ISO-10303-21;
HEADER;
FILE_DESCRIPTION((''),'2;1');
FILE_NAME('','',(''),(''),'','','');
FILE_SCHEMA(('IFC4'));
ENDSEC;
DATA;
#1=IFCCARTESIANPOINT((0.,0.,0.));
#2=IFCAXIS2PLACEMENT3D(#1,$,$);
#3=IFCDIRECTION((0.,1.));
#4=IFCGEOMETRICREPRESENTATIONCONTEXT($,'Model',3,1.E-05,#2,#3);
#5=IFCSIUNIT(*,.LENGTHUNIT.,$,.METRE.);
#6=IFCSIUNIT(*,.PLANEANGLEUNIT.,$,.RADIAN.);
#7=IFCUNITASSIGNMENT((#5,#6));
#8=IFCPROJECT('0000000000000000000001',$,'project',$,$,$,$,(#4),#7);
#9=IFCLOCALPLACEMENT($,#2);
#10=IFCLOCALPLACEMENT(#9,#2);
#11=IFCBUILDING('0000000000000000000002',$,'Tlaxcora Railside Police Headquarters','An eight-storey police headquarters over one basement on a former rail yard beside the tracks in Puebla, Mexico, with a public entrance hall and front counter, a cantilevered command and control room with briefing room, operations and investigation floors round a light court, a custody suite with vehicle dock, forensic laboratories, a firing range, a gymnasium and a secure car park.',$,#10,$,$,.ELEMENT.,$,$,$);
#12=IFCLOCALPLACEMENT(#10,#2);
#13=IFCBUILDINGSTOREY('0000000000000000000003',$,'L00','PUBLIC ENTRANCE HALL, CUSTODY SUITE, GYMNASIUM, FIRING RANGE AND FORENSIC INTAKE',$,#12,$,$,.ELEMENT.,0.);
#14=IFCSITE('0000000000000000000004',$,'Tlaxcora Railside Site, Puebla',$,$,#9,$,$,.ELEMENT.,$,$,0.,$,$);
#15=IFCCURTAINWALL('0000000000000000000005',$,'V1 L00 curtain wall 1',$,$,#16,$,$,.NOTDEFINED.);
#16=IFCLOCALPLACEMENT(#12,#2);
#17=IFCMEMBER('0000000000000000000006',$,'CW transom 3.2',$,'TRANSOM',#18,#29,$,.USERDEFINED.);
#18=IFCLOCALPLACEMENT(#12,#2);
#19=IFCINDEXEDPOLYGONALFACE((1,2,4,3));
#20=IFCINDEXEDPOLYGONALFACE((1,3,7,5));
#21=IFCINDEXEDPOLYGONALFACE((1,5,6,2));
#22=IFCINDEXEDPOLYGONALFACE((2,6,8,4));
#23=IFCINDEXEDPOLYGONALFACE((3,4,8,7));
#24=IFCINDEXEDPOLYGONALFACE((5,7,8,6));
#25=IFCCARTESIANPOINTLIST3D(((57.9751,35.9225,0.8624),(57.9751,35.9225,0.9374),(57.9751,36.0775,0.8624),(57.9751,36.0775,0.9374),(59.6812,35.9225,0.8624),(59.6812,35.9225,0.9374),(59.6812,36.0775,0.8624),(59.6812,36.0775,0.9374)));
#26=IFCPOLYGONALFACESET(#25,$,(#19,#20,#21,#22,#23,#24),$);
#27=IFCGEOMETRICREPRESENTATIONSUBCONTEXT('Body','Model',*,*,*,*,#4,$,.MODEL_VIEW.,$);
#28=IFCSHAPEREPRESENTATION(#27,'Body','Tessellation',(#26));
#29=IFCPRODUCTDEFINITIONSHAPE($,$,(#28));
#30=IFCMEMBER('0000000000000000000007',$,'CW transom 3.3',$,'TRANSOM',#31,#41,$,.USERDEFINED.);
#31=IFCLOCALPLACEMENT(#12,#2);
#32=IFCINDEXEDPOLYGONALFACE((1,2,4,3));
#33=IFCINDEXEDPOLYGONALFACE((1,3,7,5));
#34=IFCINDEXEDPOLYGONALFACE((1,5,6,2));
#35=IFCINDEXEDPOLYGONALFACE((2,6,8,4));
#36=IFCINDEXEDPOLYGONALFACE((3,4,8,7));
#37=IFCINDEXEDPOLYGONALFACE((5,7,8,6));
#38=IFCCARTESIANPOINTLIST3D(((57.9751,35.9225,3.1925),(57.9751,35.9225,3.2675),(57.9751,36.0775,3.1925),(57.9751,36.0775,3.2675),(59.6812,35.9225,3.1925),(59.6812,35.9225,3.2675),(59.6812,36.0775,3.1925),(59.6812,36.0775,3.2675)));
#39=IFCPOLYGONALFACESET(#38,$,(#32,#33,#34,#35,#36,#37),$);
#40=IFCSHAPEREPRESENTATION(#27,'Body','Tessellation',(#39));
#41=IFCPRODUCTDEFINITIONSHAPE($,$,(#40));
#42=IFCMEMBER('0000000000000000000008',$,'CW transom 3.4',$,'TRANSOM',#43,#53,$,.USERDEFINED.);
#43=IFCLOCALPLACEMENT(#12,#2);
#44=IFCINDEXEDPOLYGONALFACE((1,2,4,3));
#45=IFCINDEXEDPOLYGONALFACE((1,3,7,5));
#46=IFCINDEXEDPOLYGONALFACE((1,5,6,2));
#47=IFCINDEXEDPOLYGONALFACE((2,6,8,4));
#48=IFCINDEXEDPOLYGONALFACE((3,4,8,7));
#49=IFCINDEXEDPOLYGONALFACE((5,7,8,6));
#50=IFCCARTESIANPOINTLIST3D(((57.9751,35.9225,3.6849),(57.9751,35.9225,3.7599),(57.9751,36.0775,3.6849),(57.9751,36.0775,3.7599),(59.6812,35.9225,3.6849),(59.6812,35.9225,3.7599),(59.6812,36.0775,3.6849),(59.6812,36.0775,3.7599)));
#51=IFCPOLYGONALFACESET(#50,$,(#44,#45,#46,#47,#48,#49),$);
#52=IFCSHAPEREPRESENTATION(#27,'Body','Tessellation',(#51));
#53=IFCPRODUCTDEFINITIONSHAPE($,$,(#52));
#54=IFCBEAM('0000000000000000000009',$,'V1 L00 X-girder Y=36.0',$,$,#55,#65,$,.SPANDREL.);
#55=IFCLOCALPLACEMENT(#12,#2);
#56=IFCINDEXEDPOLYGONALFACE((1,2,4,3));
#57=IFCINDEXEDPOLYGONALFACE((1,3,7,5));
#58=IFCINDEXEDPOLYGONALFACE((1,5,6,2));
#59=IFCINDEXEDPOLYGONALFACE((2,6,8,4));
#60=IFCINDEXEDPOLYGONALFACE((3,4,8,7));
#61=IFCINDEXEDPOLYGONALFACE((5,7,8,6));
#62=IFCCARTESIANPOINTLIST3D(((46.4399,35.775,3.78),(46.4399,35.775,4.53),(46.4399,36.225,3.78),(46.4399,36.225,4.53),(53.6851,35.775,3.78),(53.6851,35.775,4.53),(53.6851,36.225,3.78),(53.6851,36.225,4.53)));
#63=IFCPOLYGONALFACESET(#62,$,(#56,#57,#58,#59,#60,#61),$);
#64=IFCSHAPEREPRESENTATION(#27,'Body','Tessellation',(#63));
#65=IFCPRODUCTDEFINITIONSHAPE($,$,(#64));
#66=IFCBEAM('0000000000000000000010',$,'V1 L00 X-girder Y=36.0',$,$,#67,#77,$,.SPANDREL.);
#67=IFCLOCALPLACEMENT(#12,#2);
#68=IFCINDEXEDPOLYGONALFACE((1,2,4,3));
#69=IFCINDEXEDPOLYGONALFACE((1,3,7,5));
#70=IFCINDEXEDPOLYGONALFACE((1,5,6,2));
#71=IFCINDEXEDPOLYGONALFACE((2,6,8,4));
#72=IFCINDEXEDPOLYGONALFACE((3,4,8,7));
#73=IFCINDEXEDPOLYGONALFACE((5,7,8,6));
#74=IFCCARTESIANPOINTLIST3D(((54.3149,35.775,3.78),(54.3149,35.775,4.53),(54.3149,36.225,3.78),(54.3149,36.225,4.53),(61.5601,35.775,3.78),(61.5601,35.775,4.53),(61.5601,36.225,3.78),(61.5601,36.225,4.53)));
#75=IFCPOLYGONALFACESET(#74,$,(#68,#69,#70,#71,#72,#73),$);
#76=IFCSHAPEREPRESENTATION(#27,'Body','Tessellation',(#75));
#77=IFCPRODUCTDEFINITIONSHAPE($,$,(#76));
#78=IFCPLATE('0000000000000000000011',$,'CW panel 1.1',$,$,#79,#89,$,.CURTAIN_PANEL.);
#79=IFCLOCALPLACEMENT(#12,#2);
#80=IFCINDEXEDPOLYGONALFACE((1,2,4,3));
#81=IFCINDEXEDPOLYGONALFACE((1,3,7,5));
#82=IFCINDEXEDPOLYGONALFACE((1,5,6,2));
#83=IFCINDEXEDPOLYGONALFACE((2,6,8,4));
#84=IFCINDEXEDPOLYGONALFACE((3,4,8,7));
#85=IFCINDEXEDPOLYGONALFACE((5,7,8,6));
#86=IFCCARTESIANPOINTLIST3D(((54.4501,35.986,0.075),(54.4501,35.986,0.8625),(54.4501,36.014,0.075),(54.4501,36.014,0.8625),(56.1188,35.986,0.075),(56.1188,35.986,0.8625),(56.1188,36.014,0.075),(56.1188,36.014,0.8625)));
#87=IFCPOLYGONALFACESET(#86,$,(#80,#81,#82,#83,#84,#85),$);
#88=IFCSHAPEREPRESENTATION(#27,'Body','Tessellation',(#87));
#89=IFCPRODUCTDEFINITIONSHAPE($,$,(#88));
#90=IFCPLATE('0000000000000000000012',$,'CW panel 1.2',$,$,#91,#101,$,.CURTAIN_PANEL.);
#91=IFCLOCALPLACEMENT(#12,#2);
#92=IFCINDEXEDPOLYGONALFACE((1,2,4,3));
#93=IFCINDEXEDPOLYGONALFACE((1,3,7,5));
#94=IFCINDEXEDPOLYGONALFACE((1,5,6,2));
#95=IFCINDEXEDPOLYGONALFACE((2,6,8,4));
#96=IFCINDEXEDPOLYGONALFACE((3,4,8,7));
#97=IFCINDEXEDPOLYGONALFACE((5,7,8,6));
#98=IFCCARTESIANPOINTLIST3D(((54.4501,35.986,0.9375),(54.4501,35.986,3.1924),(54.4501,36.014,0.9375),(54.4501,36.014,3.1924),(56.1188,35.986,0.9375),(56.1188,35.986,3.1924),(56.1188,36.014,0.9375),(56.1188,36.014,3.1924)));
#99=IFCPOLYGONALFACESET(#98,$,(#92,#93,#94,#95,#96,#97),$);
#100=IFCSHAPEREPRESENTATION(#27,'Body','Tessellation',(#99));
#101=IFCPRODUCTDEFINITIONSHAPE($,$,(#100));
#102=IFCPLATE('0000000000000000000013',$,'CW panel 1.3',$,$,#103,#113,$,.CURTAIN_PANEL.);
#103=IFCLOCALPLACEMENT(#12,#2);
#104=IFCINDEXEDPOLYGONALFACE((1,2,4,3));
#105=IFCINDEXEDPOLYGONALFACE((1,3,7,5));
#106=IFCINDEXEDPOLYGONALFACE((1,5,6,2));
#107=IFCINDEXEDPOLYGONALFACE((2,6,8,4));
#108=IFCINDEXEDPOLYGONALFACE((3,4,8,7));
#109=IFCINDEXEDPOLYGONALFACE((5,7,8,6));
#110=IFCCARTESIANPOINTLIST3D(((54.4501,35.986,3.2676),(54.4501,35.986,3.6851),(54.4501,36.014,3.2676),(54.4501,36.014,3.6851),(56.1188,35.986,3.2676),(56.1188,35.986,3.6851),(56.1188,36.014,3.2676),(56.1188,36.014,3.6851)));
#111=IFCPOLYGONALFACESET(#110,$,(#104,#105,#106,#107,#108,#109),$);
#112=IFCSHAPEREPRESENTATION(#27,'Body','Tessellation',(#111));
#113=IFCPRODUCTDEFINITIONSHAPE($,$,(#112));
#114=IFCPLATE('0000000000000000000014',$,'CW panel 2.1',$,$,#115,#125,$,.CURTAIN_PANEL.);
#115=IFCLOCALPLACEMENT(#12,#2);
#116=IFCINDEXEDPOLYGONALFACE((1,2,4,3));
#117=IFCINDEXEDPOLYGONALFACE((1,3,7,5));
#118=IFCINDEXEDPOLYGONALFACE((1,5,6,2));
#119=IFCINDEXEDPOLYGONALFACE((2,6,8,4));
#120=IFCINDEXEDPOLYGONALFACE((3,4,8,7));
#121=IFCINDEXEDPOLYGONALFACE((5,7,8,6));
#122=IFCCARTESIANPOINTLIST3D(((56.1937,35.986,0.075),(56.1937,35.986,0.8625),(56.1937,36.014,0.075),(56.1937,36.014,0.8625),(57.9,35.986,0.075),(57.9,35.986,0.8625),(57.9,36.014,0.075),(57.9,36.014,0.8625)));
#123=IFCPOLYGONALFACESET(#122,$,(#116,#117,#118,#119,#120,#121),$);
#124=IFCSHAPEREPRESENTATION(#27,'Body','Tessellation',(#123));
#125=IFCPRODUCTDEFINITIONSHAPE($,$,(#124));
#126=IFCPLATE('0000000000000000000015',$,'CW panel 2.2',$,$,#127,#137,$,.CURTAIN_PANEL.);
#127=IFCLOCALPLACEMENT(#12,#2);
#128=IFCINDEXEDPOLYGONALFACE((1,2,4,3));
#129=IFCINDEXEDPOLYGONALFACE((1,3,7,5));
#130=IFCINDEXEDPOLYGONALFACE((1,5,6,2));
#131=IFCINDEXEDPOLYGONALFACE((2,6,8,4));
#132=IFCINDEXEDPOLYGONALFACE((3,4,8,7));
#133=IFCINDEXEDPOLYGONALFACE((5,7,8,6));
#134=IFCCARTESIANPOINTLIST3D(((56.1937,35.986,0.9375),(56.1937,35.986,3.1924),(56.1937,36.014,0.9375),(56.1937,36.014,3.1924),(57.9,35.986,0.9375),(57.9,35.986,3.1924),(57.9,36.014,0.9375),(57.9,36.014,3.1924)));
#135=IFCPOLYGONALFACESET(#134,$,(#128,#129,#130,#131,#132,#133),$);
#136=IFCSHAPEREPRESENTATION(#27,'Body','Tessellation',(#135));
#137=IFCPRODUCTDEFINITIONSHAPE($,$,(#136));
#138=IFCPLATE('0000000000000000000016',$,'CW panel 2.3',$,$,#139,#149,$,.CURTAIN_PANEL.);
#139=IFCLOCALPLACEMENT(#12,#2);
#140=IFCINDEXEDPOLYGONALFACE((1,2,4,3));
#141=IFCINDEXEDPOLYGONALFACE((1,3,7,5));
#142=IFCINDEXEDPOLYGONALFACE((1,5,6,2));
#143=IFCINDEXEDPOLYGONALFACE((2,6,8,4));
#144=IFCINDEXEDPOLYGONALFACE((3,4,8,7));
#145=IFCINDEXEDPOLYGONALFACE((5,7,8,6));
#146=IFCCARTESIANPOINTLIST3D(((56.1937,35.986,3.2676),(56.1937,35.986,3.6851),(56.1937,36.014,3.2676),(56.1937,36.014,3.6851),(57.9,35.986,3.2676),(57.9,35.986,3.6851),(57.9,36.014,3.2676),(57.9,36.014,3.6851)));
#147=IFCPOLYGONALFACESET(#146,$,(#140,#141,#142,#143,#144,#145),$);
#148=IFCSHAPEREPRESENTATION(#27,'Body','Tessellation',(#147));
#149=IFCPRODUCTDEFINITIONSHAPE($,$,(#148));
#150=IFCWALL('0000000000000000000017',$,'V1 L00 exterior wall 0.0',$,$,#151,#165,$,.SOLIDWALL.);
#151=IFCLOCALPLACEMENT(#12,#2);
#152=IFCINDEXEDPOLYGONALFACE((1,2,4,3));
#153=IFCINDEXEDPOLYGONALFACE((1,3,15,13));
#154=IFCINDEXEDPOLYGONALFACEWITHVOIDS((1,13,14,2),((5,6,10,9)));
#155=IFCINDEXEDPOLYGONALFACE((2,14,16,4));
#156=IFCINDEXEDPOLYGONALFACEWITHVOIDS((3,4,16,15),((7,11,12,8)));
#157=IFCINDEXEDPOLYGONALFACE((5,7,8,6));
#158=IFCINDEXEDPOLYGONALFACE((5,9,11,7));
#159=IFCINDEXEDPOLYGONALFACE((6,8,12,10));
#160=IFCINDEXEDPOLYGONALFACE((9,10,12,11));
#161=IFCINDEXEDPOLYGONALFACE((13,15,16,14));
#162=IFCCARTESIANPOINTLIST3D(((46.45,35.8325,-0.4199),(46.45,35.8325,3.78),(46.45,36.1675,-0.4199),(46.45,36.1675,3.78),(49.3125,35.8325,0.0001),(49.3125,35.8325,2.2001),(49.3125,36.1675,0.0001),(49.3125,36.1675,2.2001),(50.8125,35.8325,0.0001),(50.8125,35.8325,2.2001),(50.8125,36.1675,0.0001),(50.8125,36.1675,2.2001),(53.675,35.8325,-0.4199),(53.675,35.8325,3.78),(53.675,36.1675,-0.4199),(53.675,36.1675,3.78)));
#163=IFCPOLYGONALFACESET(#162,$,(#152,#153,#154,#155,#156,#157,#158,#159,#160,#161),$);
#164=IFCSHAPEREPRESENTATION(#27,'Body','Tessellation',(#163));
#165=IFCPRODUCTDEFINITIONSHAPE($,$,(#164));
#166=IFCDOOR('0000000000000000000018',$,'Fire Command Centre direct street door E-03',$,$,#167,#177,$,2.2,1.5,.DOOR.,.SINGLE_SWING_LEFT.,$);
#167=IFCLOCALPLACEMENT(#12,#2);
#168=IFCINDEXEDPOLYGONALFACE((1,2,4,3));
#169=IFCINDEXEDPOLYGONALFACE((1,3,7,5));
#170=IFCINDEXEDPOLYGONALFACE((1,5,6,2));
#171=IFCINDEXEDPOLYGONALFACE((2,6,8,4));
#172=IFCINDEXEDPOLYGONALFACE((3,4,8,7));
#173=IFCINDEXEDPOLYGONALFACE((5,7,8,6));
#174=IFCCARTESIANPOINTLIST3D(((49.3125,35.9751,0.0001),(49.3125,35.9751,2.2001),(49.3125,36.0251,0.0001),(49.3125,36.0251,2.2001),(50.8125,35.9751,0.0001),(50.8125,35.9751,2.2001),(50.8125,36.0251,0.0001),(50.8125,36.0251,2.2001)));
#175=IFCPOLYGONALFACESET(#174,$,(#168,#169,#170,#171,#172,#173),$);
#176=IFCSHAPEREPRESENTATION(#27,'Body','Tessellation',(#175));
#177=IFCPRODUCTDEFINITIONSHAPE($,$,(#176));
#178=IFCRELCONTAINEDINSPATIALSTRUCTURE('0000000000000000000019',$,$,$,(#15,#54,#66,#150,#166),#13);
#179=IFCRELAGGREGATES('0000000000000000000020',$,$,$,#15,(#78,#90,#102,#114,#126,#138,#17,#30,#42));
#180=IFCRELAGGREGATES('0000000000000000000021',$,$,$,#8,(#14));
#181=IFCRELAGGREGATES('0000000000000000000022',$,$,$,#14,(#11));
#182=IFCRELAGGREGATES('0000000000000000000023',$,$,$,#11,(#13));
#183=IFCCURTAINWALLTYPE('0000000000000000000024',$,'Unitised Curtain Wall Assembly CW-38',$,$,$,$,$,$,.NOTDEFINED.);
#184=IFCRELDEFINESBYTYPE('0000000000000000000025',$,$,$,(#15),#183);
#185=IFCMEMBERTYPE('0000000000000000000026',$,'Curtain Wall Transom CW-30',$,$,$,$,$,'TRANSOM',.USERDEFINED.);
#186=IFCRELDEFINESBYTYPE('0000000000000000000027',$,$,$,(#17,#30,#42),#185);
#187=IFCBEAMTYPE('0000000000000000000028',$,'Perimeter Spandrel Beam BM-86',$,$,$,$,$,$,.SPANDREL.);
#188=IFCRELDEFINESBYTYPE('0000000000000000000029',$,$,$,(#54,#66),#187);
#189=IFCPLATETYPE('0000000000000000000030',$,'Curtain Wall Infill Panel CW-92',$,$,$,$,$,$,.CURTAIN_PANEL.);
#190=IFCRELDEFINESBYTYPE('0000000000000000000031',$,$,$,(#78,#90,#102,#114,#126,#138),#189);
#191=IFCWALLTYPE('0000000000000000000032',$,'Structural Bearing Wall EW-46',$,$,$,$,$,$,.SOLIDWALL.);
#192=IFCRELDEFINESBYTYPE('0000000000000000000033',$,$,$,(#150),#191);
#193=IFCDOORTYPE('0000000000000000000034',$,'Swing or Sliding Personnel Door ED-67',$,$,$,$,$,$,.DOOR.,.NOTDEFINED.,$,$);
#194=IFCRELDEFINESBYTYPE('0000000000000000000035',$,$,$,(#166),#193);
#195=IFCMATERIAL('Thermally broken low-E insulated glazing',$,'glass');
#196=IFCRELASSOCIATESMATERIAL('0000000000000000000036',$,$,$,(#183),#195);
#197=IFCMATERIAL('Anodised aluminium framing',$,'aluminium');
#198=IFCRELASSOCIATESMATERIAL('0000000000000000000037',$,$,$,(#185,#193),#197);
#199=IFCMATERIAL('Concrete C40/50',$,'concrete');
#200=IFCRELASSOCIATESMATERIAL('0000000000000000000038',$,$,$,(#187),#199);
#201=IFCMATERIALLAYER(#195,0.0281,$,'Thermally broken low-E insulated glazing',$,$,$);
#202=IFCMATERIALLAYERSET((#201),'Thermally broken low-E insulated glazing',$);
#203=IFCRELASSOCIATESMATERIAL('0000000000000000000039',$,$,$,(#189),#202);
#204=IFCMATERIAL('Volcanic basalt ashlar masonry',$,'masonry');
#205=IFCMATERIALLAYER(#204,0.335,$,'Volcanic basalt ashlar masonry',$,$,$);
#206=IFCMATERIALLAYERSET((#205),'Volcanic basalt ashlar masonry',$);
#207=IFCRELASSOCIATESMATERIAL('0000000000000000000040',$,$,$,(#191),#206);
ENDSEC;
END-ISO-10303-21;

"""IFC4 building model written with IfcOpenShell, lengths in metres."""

from ifc_helpers import new_model, si_unit, direction, frame, frame_2d, origin, origin_2d, place, context, subcontext, project, spatial, rectangle, extrude, material, layer, layer_set, material_profile, profile_set, type_object, element, fill, aggregate, save


model = new_model("IFC4")

# Units and contexts
model_context = context("Model", 3, precision=1e-05, world=origin(), true_north=direction((0.0, 1.0)))
body_context = subcontext(model_context, "Body", "Model", "MODEL_VIEW")
ifc_project = project(units=[si_unit("LENGTHUNIT", "METRE"), si_unit("PLANEANGLEUNIT", "RADIAN")], contexts=[model_context])

# Site, building, storey
site_placement = place(None, origin())
site = spatial("IfcSite", under=ifc_project, at=site_placement, Name="Tlaxcora Railside Site, Puebla", CompositionType="ELEMENT", RefElevation=0.0)
building_placement = place(site_placement, origin())
building = spatial("IfcBuilding", under=site, at=building_placement, Name="Tlaxcora Railside Police Headquarters", Description="An eight-storey police headquarters over one basement on a former rail yard beside the tracks in Puebla, Mexico, with a public entrance hall and front counter, a cantilevered command and control room with briefing room, operations and investigation floors round a light court, a custody suite with vehicle dock, forensic laboratories, a firing range, a gymnasium and a secure car park.", CompositionType="ELEMENT")
storey_placement = place(building_placement, origin())
storey = spatial("IfcBuildingStorey", under=building, at=storey_placement, Name="L00", Description="PUBLIC ENTRANCE HALL, CUSTODY SUITE, GYMNASIUM, FIRING RANGE AND FORENSIC INTAKE", CompositionType="ELEMENT", Elevation=0.0)

# Shared definitions
ifc_material_1 = material(Name="Concrete C40/50", Category="concrete")

# Curtain wall, members
ifc_material_2 = material(Name="Thermally broken low-E insulated glazing", Category="glass")
curtain_wall_type = type_object("IfcCurtainWallType", Name="Unitised Curtain Wall Assembly CW-38", PredefinedType="NOTDEFINED", material=ifc_material_2)
curtain_wall_placement = place(storey_placement, origin())
curtain_wall = element("IfcCurtainWall", 1, at=curtain_wall_placement, inside=storey, type_object=curtain_wall_type, Name="V1 L00 curtain wall 1", PredefinedType="NOTDEFINED")
ifc_material_3 = material(Name="Anodised aluminium framing", Category="aluminium")
ifc_material_profile_1 = material_profile(ifc_material_3, rectangle(XDim=0.155, YDim=0.075, at=origin_2d()), Name="AL75X155")
ifc_profile_set_1 = profile_set([ifc_material_profile_1], Name="Anodised aluminium framing")
member_type_1 = type_object("IfcMemberType", Name="Curtain Wall Transom CW-30", ElementType="TRANSOM", PredefinedType="USERDEFINED", material=ifc_profile_set_1)
member_1_placement = place(storey_placement, frame((57.9751, 36.0, 0.8999), z_axis=(1.0, 0.0, 0.0), x_axis=(0.0, 1.0, 0.0)))
member_1 = element("IfcMember", 2, at=member_1_placement, type_object=member_type_1, Name="CW transom 3.2", ObjectType="TRANSOM", PredefinedType="USERDEFINED", context=body_context, shape_type="SweptSolid", body=[
    extrude(rectangle(XDim=0.155, YDim=0.075, at=origin_2d()), origin(), (0.0, 0.0, 1.0), 1.7061),
])
member_2_placement = place(storey_placement, frame((57.9751, 36.0, 3.23), z_axis=(1.0, 0.0, 0.0), x_axis=(0.0, 1.0, 0.0)))
member_2 = element("IfcMember", 3, at=member_2_placement, type_object=member_type_1, Name="CW transom 3.3", ObjectType="TRANSOM", PredefinedType="USERDEFINED", context=body_context, shape_type="SweptSolid", body=[
    extrude(rectangle(XDim=0.155, YDim=0.075, at=origin_2d()), origin(), (0.0, 0.0, 1.0), 1.7061),
])
member_3_placement = place(storey_placement, frame((57.9751, 36.0, 3.7224), z_axis=(1.0, 0.0, 0.0), x_axis=(0.0, 1.0, 0.0)))
member_3 = element("IfcMember", 4, at=member_3_placement, type_object=member_type_1, Name="CW transom 3.4", ObjectType="TRANSOM", PredefinedType="USERDEFINED", context=body_context, shape_type="SweptSolid", body=[
    extrude(rectangle(XDim=0.155, YDim=0.075, at=origin_2d()), origin(), (0.0, 0.0, 1.0), 1.7061),
])

# Beams
ifc_material_profile_2 = material_profile(ifc_material_1, rectangle(XDim=0.45, YDim=0.75, at=origin_2d()), Name="RC450X750")
ifc_profile_set_2 = profile_set([ifc_material_profile_2], Name="Concrete C40/50")
beam_type = type_object("IfcBeamType", Name="Perimeter Spandrel Beam BM-86", PredefinedType="SPANDREL", material=ifc_profile_set_2)
for number, where, z_axis, x_axis, name in (
    (5, (46.4399, 36.0, 4.155), (1.0, 0.0, 0.0), (0.0, 1.0, 0.0), "V1 L00 X-girder Y=36.0"),
    (6, (54.3149, 36.0, 4.155), (1.0, 0.0, 0.0), (0.0, 1.0, 0.0), "V1 L00 X-girder Y=36.0"),
):
    element("IfcBeam", number, at=place(storey_placement, frame(where, z_axis=z_axis, x_axis=x_axis)), inside=storey, type_object=beam_type, Name=name, PredefinedType="SPANDREL", context=body_context, shape_type="SweptSolid", body=[
        extrude(rectangle(XDim=0.45, YDim=0.75, at=origin_2d()), origin(), (0.0, 0.0, 1.0), 7.2451),
    ])

# Plates
ifc_layer_1 = layer(ifc_material_2, 0.0281, Name="Thermally broken low-E insulated glazing")
ifc_layer_set_1 = layer_set([ifc_layer_1], Name="Thermally broken low-E insulated glazing")
plate_type = type_object("IfcPlateType", Name="Curtain Wall Infill Panel CW-92", PredefinedType="CURTAIN_PANEL", material=ifc_layer_set_1)
plate_1_placement = place(storey_placement, frame((55.2844, 36.0, 0.075), z_axis=(0.0, 0.0, 1.0), x_axis=(1.0, 0.0, 0.0)))
plate_1 = element("IfcPlate", 7, at=plate_1_placement, type_object=plate_type, Name="CW panel 1.1", PredefinedType="CURTAIN_PANEL", context=body_context, shape_type="SweptSolid", body=[
    extrude(rectangle(XDim=1.6687, YDim=0.0281, at=origin_2d()), origin(), (0.0, 0.0, 1.0), 0.7876),
])
plate_2_placement = place(storey_placement, frame((55.2844, 36.0, 0.9375), z_axis=(0.0, 0.0, 1.0), x_axis=(1.0, 0.0, 0.0)))
plate_2 = element("IfcPlate", 8, at=plate_2_placement, type_object=plate_type, Name="CW panel 1.2", PredefinedType="CURTAIN_PANEL", context=body_context, shape_type="SweptSolid", body=[
    extrude(rectangle(XDim=1.6687, YDim=0.0281, at=origin_2d()), origin(), (0.0, 0.0, 1.0), 2.2549),
])
plate_3_placement = place(storey_placement, frame((55.2844, 36.0, 3.2676), z_axis=(0.0, 0.0, 1.0), x_axis=(1.0, 0.0, 0.0)))
plate_3 = element("IfcPlate", 9, at=plate_3_placement, type_object=plate_type, Name="CW panel 1.3", PredefinedType="CURTAIN_PANEL", context=body_context, shape_type="SweptSolid", body=[
    extrude(rectangle(XDim=1.6687, YDim=0.0281, at=origin_2d()), origin(), (0.0, 0.0, 1.0), 0.4175),
])
plate_4_placement = place(storey_placement, frame((57.0469, 36.0, 0.075), z_axis=(0.0, 0.0, 1.0), x_axis=(1.0, 0.0, 0.0)))
plate_4 = element("IfcPlate", 10, at=plate_4_placement, type_object=plate_type, Name="CW panel 2.1", PredefinedType="CURTAIN_PANEL", context=body_context, shape_type="SweptSolid", body=[
    extrude(rectangle(XDim=1.7063, YDim=0.0281, at=origin_2d()), origin(), (0.0, 0.0, 1.0), 0.7876),
])
plate_5_placement = place(storey_placement, frame((57.0469, 36.0, 0.9375), z_axis=(0.0, 0.0, 1.0), x_axis=(1.0, 0.0, 0.0)))
plate_5 = element("IfcPlate", 11, at=plate_5_placement, type_object=plate_type, Name="CW panel 2.2", PredefinedType="CURTAIN_PANEL", context=body_context, shape_type="SweptSolid", body=[
    extrude(rectangle(XDim=1.7063, YDim=0.0281, at=origin_2d()), origin(), (0.0, 0.0, 1.0), 2.2549),
])
plate_6_placement = place(storey_placement, frame((57.0469, 36.0, 3.2676), z_axis=(0.0, 0.0, 1.0), x_axis=(1.0, 0.0, 0.0)))
plate_6 = element("IfcPlate", 12, at=plate_6_placement, type_object=plate_type, Name="CW panel 2.3", PredefinedType="CURTAIN_PANEL", context=body_context, shape_type="SweptSolid", body=[
    extrude(rectangle(XDim=1.7063, YDim=0.0281, at=origin_2d()), origin(), (0.0, 0.0, 1.0), 0.4175),
])
aggregate(curtain_wall, [plate_1, plate_2, plate_3, plate_4, plate_5, plate_6, member_1, member_2, member_3])

# Wall, opening, door
ifc_material_4 = material(Name="Volcanic basalt ashlar masonry", Category="masonry")
ifc_layer_2 = layer(ifc_material_4, 0.335, Name="Volcanic basalt ashlar masonry")
ifc_layer_set_2 = layer_set([ifc_layer_2], Name="Volcanic basalt ashlar masonry")
wall_type = type_object("IfcWallType", Name="Structural Bearing Wall EW-46", PredefinedType="SOLIDWALL", material=ifc_layer_set_2)
wall_placement = place(storey_placement, frame((46.45, 36.0, -0.4199), z_axis=(0.0, 0.0, 1.0), x_axis=(1.0, 0.0, 0.0)))
wall = element("IfcWall", 13, at=wall_placement, inside=storey, type_object=wall_type, Name="V1 L00 exterior wall 0.0", PredefinedType="SOLIDWALL", context=body_context, shape_type="SweptSolid", body=[
    extrude(rectangle(XDim=7.2251, YDim=0.335, at=frame_2d((3.6125, 0.0))), origin(), (0.0, 0.0, 1.0), 4.2),
])
opening_placement = place(wall_placement, frame((2.8625, 0.0, 0.4199)))
opening = element("IfcOpeningElement", 14, at=opening_placement, cuts=wall, PredefinedType="OPENING", context=body_context, shape_type="SweptSolid", body=[
    extrude(rectangle(XDim=1.5, YDim=2.2, at=frame_2d((0.75, 1.1001))), frame((0.0, 0.1775, 0.0), z_axis=(0.0, -1.0, 0.0), x_axis=(1.0, 0.0, 0.0)), (0.0, 0.0, 1.0), 0.355),
])
door_type = type_object("IfcDoorType", Name="Swing or Sliding Personnel Door ED-67", OperationType="NOTDEFINED", PredefinedType="DOOR", material=ifc_material_3)
door_placement = place(opening_placement, frame((1.5, 0.0, 0.0), z_axis=(0.0, 0.0, 1.0), x_axis=(-1.0, 0.0, 0.0)))
door = element("IfcDoor", 15, at=door_placement, inside=storey, type_object=door_type, Name="Fire Command Centre direct street door E-03", OperationType="SINGLE_SWING_LEFT", OverallHeight=2.2, OverallWidth=1.5, PredefinedType="DOOR", context=body_context, shape_type="SweptSolid", body=[
    extrude(rectangle(XDim=1.5, YDim=2.2, at=frame_2d((0.75, 1.1001))), frame((0.0, 0.0249, 0.0), z_axis=(0.0, -1.0, 0.0), x_axis=(1.0, 0.0, 0.0)), (0.0, 0.0, 1.0), 0.05),
])
fill(opening, door)

save(model, "model.ifc")
